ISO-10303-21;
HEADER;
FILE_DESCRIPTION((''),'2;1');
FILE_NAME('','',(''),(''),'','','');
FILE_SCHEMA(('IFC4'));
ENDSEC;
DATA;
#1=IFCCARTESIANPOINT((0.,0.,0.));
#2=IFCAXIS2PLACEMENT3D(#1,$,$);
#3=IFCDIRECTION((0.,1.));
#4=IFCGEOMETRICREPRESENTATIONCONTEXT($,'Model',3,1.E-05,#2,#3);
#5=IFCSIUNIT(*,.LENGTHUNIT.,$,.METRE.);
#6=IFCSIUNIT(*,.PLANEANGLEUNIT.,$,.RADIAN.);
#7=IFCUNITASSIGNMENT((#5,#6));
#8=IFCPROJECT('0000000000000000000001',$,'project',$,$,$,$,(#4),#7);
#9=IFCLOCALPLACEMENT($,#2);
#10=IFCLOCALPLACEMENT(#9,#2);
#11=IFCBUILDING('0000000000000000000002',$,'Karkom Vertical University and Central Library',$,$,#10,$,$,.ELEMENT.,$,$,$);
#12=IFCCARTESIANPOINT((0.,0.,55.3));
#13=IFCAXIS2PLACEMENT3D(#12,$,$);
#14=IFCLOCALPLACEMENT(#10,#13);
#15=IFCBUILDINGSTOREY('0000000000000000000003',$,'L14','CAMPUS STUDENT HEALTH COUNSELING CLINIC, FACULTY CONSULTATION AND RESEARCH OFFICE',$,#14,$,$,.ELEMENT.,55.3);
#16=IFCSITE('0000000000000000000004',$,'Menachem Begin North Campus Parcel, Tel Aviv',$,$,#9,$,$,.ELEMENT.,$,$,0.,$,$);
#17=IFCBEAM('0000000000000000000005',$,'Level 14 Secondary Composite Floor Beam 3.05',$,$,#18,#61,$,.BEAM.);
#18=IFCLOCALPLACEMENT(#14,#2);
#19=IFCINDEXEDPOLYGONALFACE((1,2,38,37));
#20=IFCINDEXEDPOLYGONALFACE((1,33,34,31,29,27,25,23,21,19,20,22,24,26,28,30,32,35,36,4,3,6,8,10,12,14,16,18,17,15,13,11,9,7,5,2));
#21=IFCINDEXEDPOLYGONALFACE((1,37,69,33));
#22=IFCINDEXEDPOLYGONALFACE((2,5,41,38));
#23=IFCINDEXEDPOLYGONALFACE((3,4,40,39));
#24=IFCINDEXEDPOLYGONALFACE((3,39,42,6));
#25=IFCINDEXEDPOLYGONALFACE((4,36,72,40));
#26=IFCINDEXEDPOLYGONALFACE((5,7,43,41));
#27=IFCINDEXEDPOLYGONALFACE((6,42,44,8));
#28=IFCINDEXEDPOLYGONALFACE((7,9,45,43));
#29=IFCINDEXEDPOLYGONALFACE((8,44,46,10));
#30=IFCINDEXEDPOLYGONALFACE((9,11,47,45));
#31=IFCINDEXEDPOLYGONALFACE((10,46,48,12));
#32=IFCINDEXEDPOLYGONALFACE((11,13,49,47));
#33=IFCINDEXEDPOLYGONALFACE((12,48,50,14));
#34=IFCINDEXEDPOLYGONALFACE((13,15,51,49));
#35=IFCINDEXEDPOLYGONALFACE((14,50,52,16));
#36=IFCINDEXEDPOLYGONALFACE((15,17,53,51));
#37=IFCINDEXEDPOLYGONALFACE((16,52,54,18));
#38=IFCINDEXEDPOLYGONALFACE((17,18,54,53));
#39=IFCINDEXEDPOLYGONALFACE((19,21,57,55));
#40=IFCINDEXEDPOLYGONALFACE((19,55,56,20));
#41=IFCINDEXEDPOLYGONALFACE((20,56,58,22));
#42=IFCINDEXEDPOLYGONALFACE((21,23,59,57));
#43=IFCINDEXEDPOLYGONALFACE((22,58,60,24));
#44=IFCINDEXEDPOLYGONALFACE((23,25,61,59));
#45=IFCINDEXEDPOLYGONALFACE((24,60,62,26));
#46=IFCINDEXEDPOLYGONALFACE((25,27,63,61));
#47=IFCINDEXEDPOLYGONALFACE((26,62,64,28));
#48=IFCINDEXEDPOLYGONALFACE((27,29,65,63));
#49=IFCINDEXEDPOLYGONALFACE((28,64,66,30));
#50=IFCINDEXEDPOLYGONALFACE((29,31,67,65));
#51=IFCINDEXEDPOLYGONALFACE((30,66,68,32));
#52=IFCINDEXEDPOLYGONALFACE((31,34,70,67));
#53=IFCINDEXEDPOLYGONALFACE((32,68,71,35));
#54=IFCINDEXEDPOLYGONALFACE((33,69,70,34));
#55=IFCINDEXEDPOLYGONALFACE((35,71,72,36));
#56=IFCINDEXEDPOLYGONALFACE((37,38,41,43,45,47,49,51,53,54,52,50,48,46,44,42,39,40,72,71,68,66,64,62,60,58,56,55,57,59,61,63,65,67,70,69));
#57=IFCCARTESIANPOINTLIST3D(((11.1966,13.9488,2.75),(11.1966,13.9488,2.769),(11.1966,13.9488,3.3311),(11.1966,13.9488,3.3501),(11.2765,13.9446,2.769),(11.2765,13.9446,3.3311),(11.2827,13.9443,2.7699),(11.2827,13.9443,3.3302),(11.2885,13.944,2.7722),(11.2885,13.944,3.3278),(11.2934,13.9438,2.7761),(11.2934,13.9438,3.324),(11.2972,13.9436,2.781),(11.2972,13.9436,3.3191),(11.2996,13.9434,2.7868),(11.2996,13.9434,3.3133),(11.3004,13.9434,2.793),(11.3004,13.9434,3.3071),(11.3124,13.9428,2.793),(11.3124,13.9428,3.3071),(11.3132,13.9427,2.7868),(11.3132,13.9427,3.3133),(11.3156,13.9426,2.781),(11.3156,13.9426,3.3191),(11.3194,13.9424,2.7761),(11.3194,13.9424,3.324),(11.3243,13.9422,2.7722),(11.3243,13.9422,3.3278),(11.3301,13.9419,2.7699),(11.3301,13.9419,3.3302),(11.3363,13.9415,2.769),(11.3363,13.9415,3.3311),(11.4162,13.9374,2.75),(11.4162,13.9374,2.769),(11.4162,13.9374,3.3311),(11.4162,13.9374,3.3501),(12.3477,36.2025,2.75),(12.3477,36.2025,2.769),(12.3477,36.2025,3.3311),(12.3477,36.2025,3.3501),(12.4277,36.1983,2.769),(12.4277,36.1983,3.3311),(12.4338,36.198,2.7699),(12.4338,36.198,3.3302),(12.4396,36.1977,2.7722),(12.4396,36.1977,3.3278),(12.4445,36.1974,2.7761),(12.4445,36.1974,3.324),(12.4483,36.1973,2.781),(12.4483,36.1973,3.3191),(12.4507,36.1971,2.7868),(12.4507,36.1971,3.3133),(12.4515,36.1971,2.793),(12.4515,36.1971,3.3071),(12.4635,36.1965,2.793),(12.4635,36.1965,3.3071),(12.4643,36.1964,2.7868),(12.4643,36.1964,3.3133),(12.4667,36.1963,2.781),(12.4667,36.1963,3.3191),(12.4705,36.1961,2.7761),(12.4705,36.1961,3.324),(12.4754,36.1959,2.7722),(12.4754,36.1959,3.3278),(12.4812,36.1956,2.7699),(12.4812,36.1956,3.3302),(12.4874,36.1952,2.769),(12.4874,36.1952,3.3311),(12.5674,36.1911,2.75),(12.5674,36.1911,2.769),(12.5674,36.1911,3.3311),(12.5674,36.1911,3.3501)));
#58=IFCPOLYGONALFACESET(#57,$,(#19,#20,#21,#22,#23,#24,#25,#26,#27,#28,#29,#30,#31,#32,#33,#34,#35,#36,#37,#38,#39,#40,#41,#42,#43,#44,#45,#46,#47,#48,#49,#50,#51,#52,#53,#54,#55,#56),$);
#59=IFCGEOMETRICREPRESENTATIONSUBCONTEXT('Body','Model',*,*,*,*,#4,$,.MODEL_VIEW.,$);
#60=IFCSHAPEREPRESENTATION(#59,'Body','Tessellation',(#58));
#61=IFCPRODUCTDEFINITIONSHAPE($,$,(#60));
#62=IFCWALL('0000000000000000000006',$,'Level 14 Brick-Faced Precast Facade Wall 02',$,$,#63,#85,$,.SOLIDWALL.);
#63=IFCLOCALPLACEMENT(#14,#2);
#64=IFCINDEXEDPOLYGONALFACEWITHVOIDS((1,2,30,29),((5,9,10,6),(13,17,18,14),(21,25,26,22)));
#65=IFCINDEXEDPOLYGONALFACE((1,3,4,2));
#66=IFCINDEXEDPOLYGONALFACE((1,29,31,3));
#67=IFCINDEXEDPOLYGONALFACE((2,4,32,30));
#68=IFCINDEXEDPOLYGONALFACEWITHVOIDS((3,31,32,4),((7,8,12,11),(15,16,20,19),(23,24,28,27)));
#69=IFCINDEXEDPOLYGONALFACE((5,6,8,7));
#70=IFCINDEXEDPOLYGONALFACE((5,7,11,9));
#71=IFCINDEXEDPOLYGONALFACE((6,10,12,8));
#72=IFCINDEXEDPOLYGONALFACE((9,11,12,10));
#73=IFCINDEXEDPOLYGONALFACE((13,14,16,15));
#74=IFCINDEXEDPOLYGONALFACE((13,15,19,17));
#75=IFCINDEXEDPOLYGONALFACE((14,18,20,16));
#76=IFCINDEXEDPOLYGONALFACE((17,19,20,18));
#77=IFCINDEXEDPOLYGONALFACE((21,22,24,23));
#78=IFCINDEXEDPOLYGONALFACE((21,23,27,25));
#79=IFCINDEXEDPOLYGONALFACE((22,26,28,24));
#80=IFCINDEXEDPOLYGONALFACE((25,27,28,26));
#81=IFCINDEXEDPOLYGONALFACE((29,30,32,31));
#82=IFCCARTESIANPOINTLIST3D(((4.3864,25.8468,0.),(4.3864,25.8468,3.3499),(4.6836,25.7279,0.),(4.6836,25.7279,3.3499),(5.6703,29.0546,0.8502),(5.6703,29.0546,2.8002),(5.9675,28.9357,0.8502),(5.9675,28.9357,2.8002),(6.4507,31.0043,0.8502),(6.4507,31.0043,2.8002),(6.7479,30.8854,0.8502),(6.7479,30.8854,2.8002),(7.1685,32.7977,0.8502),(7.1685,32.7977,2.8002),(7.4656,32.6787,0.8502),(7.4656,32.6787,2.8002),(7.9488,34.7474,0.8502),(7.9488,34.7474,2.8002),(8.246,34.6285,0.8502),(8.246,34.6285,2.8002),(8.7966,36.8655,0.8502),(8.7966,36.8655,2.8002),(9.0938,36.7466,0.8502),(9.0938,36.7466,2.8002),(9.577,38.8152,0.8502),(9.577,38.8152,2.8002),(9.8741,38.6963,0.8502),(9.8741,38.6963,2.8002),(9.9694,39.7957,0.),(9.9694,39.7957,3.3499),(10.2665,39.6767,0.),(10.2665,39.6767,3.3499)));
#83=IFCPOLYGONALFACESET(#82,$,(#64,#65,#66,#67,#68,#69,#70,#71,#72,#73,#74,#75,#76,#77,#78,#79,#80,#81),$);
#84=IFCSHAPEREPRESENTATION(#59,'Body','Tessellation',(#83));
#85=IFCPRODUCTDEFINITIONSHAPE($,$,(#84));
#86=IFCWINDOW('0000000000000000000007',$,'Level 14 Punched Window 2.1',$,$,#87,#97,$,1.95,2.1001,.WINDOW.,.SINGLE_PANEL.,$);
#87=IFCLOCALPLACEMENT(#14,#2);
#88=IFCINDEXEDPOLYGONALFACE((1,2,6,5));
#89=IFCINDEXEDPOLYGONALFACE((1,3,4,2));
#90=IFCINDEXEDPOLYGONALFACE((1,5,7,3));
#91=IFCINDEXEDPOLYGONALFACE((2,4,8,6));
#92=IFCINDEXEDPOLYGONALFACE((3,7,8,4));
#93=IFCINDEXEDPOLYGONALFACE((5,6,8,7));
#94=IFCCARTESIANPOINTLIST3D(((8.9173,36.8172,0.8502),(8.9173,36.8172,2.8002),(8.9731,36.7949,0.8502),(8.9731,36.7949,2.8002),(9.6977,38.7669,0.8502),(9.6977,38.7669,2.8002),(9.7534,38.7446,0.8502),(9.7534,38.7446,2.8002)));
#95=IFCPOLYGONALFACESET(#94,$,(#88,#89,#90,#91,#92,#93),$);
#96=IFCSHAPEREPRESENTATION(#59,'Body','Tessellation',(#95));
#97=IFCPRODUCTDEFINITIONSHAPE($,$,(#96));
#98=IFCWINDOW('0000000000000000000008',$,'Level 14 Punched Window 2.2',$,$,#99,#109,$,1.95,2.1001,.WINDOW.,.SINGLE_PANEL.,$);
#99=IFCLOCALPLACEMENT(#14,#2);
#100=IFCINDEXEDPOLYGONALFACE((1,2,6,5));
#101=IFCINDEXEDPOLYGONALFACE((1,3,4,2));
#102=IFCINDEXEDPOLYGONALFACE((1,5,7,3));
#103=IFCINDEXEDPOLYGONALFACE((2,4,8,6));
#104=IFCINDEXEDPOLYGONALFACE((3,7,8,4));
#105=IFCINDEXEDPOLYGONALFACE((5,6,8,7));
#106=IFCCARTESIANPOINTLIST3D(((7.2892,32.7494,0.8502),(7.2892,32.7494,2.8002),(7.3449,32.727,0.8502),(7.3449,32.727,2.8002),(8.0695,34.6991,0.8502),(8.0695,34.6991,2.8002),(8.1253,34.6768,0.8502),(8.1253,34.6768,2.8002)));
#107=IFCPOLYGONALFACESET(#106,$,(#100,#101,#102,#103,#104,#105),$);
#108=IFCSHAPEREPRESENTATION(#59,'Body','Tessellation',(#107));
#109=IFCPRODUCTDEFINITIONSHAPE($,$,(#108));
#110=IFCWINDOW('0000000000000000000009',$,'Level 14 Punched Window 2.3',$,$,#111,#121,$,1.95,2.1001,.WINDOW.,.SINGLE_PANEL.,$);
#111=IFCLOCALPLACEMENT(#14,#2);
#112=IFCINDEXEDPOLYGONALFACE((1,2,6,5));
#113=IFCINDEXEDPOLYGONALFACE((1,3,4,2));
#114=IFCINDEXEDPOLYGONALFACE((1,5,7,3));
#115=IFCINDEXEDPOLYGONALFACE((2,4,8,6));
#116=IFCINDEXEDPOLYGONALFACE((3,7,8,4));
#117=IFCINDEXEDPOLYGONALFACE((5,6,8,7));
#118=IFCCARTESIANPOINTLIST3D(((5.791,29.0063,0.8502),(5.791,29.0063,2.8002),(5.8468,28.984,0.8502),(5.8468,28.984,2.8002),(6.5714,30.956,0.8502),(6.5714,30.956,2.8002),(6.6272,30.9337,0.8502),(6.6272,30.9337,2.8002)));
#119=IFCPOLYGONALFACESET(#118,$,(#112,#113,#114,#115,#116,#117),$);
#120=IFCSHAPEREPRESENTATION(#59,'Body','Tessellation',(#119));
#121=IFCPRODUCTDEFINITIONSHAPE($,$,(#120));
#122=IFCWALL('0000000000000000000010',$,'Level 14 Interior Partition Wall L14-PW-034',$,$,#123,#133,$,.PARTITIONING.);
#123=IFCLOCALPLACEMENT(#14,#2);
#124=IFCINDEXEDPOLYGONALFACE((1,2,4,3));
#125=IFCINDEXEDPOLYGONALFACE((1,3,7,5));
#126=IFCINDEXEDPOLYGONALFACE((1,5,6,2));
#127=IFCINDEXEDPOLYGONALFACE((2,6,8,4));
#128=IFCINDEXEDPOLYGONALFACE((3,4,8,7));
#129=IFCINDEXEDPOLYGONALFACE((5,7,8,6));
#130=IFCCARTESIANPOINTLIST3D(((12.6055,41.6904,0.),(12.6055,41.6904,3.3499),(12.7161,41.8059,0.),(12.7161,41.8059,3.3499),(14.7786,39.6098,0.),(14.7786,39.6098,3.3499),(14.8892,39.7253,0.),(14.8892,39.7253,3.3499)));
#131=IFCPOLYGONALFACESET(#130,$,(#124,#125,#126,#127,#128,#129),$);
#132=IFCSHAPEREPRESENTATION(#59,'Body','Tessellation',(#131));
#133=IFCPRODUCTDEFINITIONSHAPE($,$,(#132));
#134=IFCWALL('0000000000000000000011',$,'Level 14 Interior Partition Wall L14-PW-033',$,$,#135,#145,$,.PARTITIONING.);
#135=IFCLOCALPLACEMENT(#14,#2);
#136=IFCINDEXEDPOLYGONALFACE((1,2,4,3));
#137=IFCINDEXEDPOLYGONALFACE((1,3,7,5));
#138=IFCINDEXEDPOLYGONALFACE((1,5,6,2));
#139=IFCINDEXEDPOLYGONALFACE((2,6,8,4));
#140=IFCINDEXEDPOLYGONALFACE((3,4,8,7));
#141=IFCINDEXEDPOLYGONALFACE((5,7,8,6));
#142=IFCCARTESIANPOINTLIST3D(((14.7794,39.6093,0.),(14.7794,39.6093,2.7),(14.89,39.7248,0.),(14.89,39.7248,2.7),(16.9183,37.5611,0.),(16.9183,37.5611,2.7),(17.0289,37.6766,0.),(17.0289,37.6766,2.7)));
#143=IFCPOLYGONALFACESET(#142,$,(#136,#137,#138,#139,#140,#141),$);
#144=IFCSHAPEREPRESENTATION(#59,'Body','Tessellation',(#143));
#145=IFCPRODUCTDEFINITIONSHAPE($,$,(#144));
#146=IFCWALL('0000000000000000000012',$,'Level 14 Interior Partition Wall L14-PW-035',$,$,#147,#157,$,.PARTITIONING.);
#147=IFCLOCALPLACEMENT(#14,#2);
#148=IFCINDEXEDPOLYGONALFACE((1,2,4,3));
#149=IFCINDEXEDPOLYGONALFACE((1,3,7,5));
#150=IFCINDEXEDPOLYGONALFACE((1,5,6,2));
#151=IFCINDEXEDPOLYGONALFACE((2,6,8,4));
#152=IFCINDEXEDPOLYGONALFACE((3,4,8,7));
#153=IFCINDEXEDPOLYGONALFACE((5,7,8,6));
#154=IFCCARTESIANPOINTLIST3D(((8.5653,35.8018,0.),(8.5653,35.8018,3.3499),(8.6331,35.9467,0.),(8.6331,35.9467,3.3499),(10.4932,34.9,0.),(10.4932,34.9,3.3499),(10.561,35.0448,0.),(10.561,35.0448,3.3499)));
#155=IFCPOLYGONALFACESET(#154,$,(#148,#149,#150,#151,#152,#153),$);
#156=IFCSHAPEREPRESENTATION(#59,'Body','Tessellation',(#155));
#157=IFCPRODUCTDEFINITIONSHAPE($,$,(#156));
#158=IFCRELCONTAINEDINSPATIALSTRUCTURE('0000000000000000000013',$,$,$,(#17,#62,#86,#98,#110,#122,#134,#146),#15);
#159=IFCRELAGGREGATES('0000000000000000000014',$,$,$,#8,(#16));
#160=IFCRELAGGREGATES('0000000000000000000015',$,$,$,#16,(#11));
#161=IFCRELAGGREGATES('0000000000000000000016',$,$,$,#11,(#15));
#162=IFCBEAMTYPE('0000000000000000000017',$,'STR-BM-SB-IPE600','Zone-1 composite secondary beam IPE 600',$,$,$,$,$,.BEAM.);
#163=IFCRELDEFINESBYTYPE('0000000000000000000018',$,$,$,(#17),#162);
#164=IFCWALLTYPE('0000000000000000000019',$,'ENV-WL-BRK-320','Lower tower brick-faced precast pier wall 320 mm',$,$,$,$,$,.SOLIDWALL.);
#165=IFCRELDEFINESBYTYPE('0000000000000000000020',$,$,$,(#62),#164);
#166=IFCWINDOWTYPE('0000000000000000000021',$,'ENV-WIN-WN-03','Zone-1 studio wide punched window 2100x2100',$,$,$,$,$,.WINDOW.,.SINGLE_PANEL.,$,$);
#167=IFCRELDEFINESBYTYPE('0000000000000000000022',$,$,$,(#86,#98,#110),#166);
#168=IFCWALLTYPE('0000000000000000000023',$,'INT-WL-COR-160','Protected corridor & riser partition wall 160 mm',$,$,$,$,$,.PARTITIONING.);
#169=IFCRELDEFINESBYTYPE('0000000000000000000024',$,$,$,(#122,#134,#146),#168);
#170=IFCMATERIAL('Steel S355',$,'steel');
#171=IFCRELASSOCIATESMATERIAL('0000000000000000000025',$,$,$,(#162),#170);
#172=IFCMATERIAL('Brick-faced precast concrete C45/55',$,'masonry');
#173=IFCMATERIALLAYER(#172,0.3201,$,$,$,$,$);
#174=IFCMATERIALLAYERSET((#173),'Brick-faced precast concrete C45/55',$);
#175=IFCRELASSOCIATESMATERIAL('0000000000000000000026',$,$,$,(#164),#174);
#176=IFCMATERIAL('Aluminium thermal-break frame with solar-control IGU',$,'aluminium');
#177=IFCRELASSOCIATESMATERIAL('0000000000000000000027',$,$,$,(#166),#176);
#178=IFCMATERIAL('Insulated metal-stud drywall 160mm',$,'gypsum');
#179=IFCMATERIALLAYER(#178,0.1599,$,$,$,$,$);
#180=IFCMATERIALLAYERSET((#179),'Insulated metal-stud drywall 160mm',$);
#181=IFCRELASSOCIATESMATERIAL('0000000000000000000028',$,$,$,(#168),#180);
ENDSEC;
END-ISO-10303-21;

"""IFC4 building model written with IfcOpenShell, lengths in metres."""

from ifc_helpers import new_model, si_unit, direction, frame, frame_2d, origin, origin_with_axes, origin_2d, place, context, subcontext, project, spatial, rectangle, i_section, extrude, source, transform, mapped, material, layer, layer_set, material_profile, profile_set, type_object, element, fill, save


model = new_model("IFC4")

# Units and contexts
model_context = context("Model", 3, precision=1e-05, world=origin(), true_north=direction((0.0, 1.0)))
body_context = subcontext(model_context, "Body", "Model", "MODEL_VIEW")
ifc_project = project(units=[si_unit("LENGTHUNIT", "METRE"), si_unit("PLANEANGLEUNIT", "RADIAN")], contexts=[model_context])

# Site, building, storey
site_placement = place(None, origin())
site = spatial("IfcSite", under=ifc_project, at=site_placement, Name="Menachem Begin North Campus Parcel, Tel Aviv", CompositionType="ELEMENT", RefElevation=0.0)
building_placement = place(site_placement, origin())
building = spatial("IfcBuilding", under=site, at=building_placement, Name="Karkom Vertical University and Central Library", CompositionType="ELEMENT")
storey_placement = place(building_placement, frame((0.0, 0.0, 55.3)))
storey = spatial("IfcBuildingStorey", under=building, at=storey_placement, Name="L14", Description="CAMPUS STUDENT HEALTH COUNSELING CLINIC, FACULTY CONSULTATION AND RESEARCH OFFICE", CompositionType="ELEMENT", Elevation=55.3)

# Beam
ifc_material_1 = material(Name="Steel S355", Category="steel")
ifc_material_profile_1 = material_profile(ifc_material_1, i_section(OverallWidth=0.22, OverallDepth=0.6001, WebThickness=0.012, FlangeThickness=0.019, FilletRadius=0.0239, at=origin_2d()), Name="IPE 600")
ifc_profile_set_1 = profile_set([ifc_material_profile_1], Name="Steel S355")
beam_type_1 = type_object("IfcBeamType", Name="STR-BM-SB-IPE600", Description="Zone-1 composite secondary beam IPE 600", PredefinedType="BEAM", material=ifc_profile_set_1)
shared_shape_1 = source(origin_with_axes(), body_context, "Body", "SweptSolid", [
    extrude(i_section(OverallWidth=0.22, OverallDepth=0.6001, WebThickness=0.012, FlangeThickness=0.019, FilletRadius=0.0239, at=origin_2d()), origin(), (0.0, 0.0, 1.0), 22.2834),
])
beam_1_placement = place(storey_placement, frame((12.4575, 36.1968, 3.05), z_axis=(-0.051658, -0.998665, 0.0), x_axis=(0.998665, -0.051658, 0.0)))
element("IfcBeam", 1, at=beam_1_placement, inside=storey, type_object=beam_type_1, Name="Level 14 Secondary Composite Floor Beam 3.05", PredefinedType="BEAM", context=body_context, shape_type="MappedRepresentation", body=[
    mapped(shared_shape_1, transform((0.0, 0.0, 0.0), scale=1.0)),
])

# Wall, openings, windows
ifc_material_2 = material(Name="Brick-faced precast concrete C45/55", Category="masonry")
ifc_layer_1 = layer(ifc_material_2, 0.3201)
ifc_layer_set_1 = layer_set([ifc_layer_1], Name="Brick-faced precast concrete C45/55")
wall_type_1 = type_object("IfcWallType", Name="ENV-WL-BRK-320", Description="Lower tower brick-faced precast pier wall 320 mm", PredefinedType="SOLIDWALL", material=ifc_layer_set_1)
wall_1_placement = place(storey_placement, frame((10.1179, 39.7361, 0.0), z_axis=(0.0, 0.0, 1.0), x_axis=(-0.371587, -0.928398, 0.0)))
wall_1 = element("IfcWall", 2, at=wall_1_placement, inside=storey, type_object=wall_type_1, Name="Level 14 Brick-Faced Precast Facade Wall 02", PredefinedType="SOLIDWALL", context=body_context, shape_type="SweptSolid", body=[
    extrude(rectangle(XDim=15.0247, YDim=0.3201, at=frame_2d((7.5122, 0.0))), origin(), (0.0, 0.0, 1.0), 3.3499),
])
opening_1_placement = place(wall_1_placement, frame((1.0559, 0.0, 0.8501)))
opening_1 = element("IfcOpeningElement", 3, at=opening_1_placement, cuts=wall_1, PredefinedType="OPENING", context=body_context, shape_type="SweptSolid", body=[
    extrude(rectangle(XDim=2.1001, YDim=1.95, at=frame_2d((1.05, 0.9751))), frame((0.0, 0.1699, 0.0), z_axis=(0.0, -1.0, 0.0), x_axis=(1.0, 0.0, 0.0)), (0.0, 0.0, 1.0), 0.3401),
])
opening_2_placement = place(wall_1_placement, frame((5.4375, 0.0, 0.8501)))
opening_2 = element("IfcOpeningElement", 4, at=opening_2_placement, cuts=wall_1, PredefinedType="OPENING", context=body_context, shape_type="SweptSolid", body=[
    extrude(rectangle(XDim=2.1001, YDim=1.95, at=frame_2d((1.05, 0.9751))), frame((0.0, 0.1699, 0.0), z_axis=(0.0, -1.0, 0.0), x_axis=(1.0, 0.0, 0.0)), (0.0, 0.0, 1.0), 0.3401),
])
opening_3_placement = place(wall_1_placement, frame((9.4692, 0.0, 0.8501)))
opening_3 = element("IfcOpeningElement", 5, at=opening_3_placement, cuts=wall_1, PredefinedType="OPENING", context=body_context, shape_type="SweptSolid", body=[
    extrude(rectangle(XDim=2.1001, YDim=1.95, at=frame_2d((1.05, 0.9751))), frame((0.0, 0.1699, 0.0), z_axis=(0.0, -1.0, 0.0), x_axis=(1.0, 0.0, 0.0)), (0.0, 0.0, 1.0), 0.3401),
])
ifc_material_3 = material(Name="Aluminium thermal-break frame with solar-control IGU", Category="aluminium")
window_type = type_object("IfcWindowType", Name="ENV-WIN-WN-03", Description="Zone-1 studio wide punched window 2100x2100", PartitioningType="SINGLE_PANEL", PredefinedType="WINDOW", material=ifc_material_3)
shared_shape_2 = source(origin_with_axes(), body_context, "Body", "SweptSolid", [
    extrude(rectangle(XDim=2.1001, YDim=1.95, at=frame_2d((1.05, 0.9751))), frame((0.0, 0.03, 0.0), z_axis=(0.0, -1.0, 0.0), x_axis=(1.0, 0.0, 0.0)), (0.0, 0.0, 1.0), 0.0601),
])
window_1_placement = place(opening_1_placement, origin())
window_1 = element("IfcWindow", 6, at=window_1_placement, inside=storey, type_object=window_type, Name="Level 14 Punched Window 2.1", OverallHeight=1.95, OverallWidth=2.1001, PartitioningType="SINGLE_PANEL", PredefinedType="WINDOW", context=body_context, shape_type="MappedRepresentation", body=[
    mapped(shared_shape_2, transform((0.0, 0.0, 0.0), scale=1.0)),
])
fill(opening_1, window_1)
window_2_placement = place(opening_2_placement, origin())
window_2 = element("IfcWindow", 7, at=window_2_placement, inside=storey, type_object=window_type, Name="Level 14 Punched Window 2.2", OverallHeight=1.95, OverallWidth=2.1001, PartitioningType="SINGLE_PANEL", PredefinedType="WINDOW", context=body_context, shape_type="MappedRepresentation", body=[
    mapped(shared_shape_2, transform((0.0, 0.0, 0.0), scale=1.0)),
])
fill(opening_2, window_2)
window_3_placement = place(opening_3_placement, origin())
window_3 = element("IfcWindow", 8, at=window_3_placement, inside=storey, type_object=window_type, Name="Level 14 Punched Window 2.3", OverallHeight=1.95, OverallWidth=2.1001, PartitioningType="SINGLE_PANEL", PredefinedType="WINDOW", context=body_context, shape_type="MappedRepresentation", body=[
    mapped(shared_shape_2, transform((0.0, 0.0, 0.0), scale=1.0)),
])
fill(opening_3, window_3)

# Shared definitions
ifc_material_4 = material(Name="Insulated metal-stud drywall 160mm", Category="gypsum")
ifc_layer_2 = layer(ifc_material_4, 0.1599)
ifc_layer_set_2 = layer_set([ifc_layer_2], Name="Insulated metal-stud drywall 160mm")
wall_type_2 = type_object("IfcWallType", Name="INT-WL-COR-160", Description="Protected corridor & riser partition wall 160 mm", PredefinedType="PARTITIONING", material=ifc_layer_set_2)

# Walls
wall_2_placement = place(storey_placement, frame((14.834, 39.6675, 0.0), z_axis=(0.0, 0.0, 1.0), x_axis=(-0.722317, 0.691562, 0.0)))
element("IfcWall", 9, at=wall_2_placement, inside=storey, type_object=wall_type_2, Name="Level 14 Interior Partition Wall L14-PW-034", PredefinedType="PARTITIONING", context=body_context, shape_type="SweptSolid", body=[
    extrude(rectangle(XDim=3.0085, YDim=0.1599, at=frame_2d((1.5044, 0.0))), origin(), (0.0, 0.0, 1.0), 3.3499),
])
wall_3_placement = place(storey_placement, frame((16.9736, 37.6189, 0.0), z_axis=(0.0, 0.0, 1.0), x_axis=(-0.722275, 0.691606, 0.0)))
element("IfcWall", 10, at=wall_3_placement, inside=storey, type_object=wall_type_2, Name="Level 14 Interior Partition Wall L14-PW-033", PredefinedType="PARTITIONING", context=body_context, shape_type="SweptSolid", body=[
    extrude(rectangle(XDim=2.9614, YDim=0.1599, at=frame_2d((1.4807, 0.0))), origin(), (0.0, 0.0, 1.0), 2.7),
])
wall_4_placement = place(storey_placement, frame((10.5271, 34.9724, 0.0), z_axis=(0.0, 0.0, 1.0), x_axis=(-0.905799, 0.423708, 0.0)))
element("IfcWall", 11, at=wall_4_placement, inside=storey, type_object=wall_type_2, Name="Level 14 Interior Partition Wall L14-PW-035", PredefinedType="PARTITIONING", context=body_context, shape_type="SweptSolid", body=[
    extrude(rectangle(XDim=2.1284, YDim=0.1599, at=frame_2d((1.0642, 0.0))), origin(), (0.0, 0.0, 1.0), 3.3499),
])

save(model, "model.ifc")
